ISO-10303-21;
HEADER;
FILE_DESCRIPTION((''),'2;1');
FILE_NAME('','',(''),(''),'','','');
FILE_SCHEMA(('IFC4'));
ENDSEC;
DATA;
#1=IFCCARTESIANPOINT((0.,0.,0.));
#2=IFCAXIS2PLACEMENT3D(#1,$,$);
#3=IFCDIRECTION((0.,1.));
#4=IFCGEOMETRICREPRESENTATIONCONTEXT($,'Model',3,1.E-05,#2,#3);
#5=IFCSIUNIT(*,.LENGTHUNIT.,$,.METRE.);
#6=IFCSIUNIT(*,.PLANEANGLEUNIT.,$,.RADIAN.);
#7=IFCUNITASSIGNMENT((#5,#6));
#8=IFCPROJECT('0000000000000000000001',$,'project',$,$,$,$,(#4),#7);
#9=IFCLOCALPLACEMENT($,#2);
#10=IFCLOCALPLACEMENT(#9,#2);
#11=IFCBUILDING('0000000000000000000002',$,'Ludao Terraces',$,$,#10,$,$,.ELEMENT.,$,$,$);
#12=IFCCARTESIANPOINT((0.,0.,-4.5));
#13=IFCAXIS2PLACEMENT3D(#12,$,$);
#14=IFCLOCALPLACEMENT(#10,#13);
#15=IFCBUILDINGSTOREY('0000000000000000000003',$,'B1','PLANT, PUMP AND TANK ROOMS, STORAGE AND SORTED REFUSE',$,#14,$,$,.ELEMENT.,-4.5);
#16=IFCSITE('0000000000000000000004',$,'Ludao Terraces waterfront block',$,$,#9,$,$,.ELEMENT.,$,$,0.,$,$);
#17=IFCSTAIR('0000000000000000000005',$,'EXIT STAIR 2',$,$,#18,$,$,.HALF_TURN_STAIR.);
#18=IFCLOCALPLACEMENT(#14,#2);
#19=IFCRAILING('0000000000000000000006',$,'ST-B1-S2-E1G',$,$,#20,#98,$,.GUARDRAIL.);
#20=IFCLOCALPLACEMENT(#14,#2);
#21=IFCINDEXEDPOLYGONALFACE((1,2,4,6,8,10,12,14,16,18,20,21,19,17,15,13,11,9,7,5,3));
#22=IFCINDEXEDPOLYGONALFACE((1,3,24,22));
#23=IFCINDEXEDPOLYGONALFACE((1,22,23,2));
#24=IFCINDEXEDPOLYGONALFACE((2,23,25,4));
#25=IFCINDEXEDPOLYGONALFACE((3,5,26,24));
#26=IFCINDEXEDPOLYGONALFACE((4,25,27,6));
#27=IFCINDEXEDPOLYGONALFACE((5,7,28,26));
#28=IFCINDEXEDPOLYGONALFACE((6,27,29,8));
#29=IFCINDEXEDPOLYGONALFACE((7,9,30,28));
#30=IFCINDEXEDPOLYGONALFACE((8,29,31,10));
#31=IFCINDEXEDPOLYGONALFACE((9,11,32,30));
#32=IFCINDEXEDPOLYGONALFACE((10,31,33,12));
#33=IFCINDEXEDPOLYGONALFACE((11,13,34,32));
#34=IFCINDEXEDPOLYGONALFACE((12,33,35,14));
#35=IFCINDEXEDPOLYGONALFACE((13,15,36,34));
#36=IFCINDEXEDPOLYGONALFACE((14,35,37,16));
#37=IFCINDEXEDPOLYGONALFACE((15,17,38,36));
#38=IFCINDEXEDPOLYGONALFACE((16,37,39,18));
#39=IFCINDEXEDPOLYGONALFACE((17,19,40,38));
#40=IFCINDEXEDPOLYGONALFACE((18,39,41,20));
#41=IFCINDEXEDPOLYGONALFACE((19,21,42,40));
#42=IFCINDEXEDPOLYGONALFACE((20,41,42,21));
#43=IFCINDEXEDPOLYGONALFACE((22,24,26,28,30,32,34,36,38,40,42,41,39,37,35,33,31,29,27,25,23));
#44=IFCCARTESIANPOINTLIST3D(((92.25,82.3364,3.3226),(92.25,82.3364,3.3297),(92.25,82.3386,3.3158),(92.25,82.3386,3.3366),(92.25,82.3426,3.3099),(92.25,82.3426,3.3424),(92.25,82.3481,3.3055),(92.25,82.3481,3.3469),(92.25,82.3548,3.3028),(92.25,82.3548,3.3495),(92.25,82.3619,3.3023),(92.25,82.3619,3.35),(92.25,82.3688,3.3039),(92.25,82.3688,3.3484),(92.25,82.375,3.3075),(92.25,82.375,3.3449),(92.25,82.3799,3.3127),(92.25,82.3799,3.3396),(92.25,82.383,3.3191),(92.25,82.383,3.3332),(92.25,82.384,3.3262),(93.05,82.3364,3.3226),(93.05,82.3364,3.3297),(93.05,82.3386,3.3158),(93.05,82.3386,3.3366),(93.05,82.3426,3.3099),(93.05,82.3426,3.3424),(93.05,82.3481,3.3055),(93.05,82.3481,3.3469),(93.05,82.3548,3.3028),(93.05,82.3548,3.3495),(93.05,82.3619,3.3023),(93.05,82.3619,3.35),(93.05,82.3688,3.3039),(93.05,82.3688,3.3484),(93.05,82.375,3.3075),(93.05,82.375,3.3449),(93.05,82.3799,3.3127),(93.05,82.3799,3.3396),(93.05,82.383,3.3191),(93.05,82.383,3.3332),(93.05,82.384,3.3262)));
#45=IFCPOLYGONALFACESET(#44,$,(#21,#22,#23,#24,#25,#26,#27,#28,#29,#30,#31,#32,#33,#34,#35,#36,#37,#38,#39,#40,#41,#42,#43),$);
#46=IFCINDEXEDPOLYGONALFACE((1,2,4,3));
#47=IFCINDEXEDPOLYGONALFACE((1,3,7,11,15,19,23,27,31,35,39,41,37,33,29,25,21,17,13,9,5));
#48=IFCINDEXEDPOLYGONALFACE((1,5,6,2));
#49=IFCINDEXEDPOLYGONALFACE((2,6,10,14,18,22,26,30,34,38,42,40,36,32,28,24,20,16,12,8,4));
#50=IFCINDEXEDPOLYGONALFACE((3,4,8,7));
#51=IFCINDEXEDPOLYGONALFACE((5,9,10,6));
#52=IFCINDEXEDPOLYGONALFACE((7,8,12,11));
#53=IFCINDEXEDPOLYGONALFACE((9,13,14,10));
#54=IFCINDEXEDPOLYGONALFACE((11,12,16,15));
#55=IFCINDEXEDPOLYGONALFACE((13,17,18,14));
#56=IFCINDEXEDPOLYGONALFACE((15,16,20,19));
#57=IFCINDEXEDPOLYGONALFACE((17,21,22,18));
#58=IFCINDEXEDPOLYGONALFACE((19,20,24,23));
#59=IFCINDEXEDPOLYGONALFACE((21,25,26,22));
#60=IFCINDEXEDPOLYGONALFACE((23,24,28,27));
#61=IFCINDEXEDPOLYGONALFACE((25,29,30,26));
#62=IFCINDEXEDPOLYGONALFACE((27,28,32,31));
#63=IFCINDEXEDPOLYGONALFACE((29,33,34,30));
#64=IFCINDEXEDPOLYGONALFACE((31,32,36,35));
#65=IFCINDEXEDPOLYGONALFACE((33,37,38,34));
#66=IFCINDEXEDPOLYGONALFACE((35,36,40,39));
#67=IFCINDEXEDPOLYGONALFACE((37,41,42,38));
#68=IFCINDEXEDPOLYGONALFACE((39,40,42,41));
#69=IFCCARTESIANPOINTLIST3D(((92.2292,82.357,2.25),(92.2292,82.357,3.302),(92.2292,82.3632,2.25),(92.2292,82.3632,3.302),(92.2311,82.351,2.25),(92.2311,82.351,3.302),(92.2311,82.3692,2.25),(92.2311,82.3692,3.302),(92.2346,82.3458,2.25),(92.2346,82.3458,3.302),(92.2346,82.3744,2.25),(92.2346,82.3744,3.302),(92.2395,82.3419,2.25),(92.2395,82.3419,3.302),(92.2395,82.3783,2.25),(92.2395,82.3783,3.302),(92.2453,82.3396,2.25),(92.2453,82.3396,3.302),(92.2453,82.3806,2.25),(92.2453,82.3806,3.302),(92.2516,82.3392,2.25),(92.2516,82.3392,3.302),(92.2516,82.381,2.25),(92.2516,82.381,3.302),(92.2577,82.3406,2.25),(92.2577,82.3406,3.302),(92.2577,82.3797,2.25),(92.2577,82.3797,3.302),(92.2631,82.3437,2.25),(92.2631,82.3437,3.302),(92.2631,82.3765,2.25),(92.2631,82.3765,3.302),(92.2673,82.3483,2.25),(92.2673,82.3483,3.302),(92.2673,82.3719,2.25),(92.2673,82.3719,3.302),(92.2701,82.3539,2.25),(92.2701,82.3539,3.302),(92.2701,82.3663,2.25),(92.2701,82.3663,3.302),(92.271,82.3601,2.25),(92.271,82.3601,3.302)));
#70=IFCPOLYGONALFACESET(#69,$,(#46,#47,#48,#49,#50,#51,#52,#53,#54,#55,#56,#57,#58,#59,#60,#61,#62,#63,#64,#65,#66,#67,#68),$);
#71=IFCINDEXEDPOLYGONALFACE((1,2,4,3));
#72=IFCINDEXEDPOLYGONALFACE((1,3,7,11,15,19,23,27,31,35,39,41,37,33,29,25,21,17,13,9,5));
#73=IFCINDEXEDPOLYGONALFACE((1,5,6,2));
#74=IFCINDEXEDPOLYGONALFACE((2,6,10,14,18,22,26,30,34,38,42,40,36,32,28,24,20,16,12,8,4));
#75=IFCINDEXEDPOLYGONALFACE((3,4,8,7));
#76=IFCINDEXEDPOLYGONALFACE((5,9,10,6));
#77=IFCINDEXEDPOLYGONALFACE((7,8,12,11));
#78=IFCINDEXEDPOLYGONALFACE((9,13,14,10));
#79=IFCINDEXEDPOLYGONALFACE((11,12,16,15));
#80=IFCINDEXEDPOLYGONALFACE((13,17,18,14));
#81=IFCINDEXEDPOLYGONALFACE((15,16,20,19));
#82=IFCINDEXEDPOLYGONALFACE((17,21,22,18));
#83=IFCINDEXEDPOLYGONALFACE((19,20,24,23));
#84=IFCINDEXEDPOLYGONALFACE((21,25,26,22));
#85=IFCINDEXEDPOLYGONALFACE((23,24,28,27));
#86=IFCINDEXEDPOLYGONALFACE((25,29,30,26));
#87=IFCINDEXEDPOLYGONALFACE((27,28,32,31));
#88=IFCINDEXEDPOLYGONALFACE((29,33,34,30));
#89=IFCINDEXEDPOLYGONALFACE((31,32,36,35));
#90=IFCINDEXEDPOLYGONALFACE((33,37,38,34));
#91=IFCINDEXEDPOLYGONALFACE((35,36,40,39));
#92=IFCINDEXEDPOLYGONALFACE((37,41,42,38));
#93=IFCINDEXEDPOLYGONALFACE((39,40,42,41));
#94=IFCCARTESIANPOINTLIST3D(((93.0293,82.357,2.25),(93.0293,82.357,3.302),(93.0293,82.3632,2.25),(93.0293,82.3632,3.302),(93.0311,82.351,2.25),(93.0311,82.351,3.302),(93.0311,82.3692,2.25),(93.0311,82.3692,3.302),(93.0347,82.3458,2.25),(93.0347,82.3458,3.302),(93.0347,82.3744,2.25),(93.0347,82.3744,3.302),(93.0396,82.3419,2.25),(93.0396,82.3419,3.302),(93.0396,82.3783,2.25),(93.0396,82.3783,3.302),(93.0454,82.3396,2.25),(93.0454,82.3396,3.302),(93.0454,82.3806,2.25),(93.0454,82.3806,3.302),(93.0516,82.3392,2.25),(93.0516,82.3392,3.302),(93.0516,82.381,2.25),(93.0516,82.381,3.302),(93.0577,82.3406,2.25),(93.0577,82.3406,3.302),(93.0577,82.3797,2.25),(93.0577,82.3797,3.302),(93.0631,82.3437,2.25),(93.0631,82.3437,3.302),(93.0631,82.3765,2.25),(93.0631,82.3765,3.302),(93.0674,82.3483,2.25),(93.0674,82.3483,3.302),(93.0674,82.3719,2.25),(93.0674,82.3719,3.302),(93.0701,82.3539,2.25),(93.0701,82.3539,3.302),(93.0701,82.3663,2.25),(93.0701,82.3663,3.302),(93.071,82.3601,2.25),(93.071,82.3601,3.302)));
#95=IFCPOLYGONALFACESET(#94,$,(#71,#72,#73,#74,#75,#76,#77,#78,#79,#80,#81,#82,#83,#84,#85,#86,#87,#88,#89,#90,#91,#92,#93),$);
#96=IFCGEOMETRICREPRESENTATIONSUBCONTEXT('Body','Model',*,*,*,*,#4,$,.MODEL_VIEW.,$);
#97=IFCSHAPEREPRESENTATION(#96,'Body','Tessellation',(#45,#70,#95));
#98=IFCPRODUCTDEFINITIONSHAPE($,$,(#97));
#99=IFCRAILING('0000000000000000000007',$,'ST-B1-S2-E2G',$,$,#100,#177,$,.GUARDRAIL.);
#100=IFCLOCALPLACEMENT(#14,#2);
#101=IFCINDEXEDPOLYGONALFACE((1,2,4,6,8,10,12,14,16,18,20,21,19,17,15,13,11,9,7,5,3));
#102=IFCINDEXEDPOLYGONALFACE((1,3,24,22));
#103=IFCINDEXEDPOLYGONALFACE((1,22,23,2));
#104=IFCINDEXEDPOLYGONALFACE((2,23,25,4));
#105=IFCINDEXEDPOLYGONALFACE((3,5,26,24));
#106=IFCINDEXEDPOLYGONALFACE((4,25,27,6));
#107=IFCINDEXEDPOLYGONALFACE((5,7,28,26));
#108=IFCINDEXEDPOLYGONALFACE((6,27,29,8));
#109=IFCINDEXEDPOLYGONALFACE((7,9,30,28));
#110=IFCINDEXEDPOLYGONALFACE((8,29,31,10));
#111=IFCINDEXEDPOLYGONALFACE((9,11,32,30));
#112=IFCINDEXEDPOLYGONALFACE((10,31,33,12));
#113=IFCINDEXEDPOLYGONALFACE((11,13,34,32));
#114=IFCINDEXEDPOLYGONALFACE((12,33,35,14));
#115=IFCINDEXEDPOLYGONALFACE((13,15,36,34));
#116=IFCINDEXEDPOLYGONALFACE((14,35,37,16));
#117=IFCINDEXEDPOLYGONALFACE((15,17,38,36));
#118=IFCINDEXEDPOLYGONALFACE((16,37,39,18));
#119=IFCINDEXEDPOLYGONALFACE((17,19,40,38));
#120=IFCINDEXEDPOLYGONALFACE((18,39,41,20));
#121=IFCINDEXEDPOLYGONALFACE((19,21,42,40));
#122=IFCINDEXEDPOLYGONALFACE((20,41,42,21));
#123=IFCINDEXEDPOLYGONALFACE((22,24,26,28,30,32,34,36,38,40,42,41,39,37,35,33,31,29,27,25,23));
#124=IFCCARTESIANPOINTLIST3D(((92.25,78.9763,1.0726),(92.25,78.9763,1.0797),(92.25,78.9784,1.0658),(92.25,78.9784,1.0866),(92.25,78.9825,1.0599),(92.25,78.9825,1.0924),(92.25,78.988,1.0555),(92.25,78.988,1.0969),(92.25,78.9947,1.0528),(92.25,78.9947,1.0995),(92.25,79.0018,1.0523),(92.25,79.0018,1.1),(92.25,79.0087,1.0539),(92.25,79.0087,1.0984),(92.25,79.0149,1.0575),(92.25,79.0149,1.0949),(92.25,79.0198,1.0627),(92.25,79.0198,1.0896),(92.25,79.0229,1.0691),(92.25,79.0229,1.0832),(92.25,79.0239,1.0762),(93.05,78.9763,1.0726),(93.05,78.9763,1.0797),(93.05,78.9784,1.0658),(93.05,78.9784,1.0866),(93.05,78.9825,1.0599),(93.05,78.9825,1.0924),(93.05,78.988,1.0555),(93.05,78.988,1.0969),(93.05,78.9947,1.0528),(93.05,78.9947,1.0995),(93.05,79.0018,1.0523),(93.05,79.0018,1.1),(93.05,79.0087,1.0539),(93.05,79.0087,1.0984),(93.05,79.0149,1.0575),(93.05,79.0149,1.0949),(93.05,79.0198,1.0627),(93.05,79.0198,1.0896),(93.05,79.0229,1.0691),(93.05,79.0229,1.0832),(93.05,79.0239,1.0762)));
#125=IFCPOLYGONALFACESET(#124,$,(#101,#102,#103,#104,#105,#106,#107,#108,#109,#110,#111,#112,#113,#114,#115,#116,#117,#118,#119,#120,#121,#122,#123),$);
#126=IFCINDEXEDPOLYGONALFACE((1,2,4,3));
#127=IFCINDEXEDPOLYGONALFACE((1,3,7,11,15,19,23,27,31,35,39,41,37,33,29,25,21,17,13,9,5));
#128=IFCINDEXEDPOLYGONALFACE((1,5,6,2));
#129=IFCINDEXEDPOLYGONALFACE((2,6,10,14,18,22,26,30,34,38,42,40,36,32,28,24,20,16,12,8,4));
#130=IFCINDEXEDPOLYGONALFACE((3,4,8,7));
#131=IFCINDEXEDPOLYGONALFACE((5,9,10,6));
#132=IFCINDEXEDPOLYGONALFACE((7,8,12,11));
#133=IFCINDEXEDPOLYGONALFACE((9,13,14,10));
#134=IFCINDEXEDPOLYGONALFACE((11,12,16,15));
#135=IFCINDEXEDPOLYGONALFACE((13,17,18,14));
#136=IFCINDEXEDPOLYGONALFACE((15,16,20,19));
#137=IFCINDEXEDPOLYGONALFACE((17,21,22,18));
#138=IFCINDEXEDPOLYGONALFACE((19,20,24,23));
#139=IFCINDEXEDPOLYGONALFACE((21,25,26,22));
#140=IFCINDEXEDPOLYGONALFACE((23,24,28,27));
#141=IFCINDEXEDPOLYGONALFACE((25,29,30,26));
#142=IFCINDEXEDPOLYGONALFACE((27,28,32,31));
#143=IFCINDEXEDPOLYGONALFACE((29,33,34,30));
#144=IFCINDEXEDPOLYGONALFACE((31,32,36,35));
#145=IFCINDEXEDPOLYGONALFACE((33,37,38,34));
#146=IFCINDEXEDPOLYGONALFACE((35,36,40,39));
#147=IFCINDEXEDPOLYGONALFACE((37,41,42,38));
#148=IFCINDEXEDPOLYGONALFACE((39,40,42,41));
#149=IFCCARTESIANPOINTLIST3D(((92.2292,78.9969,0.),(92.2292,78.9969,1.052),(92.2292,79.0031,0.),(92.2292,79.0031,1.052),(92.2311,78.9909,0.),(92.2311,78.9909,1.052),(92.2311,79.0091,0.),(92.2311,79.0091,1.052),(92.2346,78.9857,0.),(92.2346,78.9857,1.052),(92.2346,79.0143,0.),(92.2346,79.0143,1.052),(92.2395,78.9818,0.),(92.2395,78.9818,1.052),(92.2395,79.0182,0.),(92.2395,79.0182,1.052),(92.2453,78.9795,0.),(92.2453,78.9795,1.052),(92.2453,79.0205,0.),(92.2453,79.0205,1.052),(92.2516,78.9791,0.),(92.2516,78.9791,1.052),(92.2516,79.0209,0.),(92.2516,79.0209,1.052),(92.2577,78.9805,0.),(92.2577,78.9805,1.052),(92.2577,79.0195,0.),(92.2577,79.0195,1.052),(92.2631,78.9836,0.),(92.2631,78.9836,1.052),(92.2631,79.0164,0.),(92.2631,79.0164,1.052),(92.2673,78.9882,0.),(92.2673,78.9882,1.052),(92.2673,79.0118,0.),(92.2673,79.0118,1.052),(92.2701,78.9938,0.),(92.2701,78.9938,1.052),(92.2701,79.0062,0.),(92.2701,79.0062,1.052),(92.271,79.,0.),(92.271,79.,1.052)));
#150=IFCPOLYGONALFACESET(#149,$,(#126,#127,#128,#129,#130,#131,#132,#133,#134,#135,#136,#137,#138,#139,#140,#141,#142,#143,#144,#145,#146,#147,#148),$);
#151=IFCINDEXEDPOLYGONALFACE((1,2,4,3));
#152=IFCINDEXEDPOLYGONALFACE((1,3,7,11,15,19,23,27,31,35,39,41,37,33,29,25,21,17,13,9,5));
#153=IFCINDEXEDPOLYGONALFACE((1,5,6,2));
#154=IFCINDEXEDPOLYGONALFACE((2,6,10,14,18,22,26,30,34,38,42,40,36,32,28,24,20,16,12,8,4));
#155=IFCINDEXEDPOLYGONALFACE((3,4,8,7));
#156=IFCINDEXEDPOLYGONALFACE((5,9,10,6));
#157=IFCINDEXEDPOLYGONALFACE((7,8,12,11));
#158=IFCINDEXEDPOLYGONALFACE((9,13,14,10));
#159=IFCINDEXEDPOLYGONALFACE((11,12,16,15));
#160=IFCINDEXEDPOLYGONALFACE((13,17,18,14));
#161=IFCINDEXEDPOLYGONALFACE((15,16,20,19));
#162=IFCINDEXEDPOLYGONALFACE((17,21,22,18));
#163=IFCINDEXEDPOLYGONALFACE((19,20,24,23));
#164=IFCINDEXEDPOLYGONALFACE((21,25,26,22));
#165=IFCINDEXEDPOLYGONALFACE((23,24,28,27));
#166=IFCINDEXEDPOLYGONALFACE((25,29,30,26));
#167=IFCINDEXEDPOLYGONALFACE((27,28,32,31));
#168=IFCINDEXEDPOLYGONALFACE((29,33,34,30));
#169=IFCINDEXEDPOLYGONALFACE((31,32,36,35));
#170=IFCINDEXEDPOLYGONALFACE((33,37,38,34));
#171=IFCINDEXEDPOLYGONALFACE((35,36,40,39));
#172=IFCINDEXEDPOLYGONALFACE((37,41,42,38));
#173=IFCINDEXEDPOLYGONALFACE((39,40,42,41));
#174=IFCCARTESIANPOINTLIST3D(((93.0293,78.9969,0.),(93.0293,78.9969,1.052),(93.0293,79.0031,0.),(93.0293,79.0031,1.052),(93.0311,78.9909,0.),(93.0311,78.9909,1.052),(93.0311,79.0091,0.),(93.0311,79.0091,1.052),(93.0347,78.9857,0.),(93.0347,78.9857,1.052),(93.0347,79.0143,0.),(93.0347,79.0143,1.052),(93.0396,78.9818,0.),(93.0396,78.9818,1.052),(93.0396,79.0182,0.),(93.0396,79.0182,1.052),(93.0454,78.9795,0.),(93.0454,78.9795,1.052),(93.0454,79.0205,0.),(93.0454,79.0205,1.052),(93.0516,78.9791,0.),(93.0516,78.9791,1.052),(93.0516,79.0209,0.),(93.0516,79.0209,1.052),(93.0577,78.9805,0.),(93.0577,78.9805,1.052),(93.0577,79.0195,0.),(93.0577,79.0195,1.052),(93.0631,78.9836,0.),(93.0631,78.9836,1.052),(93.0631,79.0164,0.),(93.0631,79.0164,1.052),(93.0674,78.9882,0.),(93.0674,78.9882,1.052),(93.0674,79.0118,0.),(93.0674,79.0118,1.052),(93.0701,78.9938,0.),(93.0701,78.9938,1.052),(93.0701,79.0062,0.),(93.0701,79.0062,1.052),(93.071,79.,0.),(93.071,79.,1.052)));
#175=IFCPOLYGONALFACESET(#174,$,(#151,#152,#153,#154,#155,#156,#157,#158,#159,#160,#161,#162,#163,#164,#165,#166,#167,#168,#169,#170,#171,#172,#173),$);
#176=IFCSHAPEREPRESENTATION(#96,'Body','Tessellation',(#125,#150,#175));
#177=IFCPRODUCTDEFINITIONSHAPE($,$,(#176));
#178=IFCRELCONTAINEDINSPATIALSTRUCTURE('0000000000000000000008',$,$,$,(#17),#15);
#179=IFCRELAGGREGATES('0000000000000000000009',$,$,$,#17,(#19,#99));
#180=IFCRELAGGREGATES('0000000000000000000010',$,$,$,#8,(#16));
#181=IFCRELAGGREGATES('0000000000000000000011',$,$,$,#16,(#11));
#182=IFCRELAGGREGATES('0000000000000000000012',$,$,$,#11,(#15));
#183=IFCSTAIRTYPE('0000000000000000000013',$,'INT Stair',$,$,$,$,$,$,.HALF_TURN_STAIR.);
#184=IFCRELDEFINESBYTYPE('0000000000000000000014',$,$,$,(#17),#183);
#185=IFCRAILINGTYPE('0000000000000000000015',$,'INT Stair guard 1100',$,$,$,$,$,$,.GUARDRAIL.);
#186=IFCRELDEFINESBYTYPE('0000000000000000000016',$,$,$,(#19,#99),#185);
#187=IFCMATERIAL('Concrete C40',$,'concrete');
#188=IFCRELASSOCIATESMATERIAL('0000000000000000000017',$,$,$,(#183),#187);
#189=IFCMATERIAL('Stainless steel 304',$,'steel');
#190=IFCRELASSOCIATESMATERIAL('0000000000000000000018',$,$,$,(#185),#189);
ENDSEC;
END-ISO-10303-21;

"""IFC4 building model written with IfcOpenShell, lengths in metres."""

from ifc_helpers import new_model, si_unit, direction, frame, origin, origin_2d, place, context, subcontext, project, spatial, circle, extrude, material, type_object, element, aggregate, save


model = new_model("IFC4")

# Units and contexts
model_context = context("Model", 3, precision=1e-05, world=origin(), true_north=direction((0.0, 1.0)))
body_context = subcontext(model_context, "Body", "Model", "MODEL_VIEW")
ifc_project = project(units=[si_unit("LENGTHUNIT", "METRE"), si_unit("PLANEANGLEUNIT", "RADIAN")], contexts=[model_context])

# Site, building, storey
site_placement = place(None, origin())
site = spatial("IfcSite", under=ifc_project, at=site_placement, Name="Ludao Terraces waterfront block", CompositionType="ELEMENT", RefElevation=0.0)
building_placement = place(site_placement, origin())
building = spatial("IfcBuilding", under=site, at=building_placement, Name="Ludao Terraces", CompositionType="ELEMENT")
storey_placement = place(building_placement, frame((0.0, 0.0, -4.5)))
storey = spatial("IfcBuildingStorey", under=building, at=storey_placement, Name="B1", Description="PLANT, PUMP AND TANK ROOMS, STORAGE AND SORTED REFUSE", CompositionType="ELEMENT", Elevation=-4.5)

# Stair, railings
ifc_material_1 = material(Name="Concrete C40", Category="concrete")
stair_type = type_object("IfcStairType", Name="INT Stair", PredefinedType="HALF_TURN_STAIR", material=ifc_material_1)
stair_placement = place(storey_placement, origin())
stair = element("IfcStair", 1, at=stair_placement, inside=storey, type_object=stair_type, Name="EXIT STAIR 2", PredefinedType="HALF_TURN_STAIR")
ifc_material_2 = material(Name="Stainless steel 304", Category="steel")
railing_type_1 = type_object("IfcRailingType", Name="INT Stair guard 1100", PredefinedType="GUARDRAIL", material=ifc_material_2)
railing_1_placement = place(storey_placement, frame((92.25, 82.3601, 2.25)))
railing_1 = element("IfcRailing", 2, at=railing_1_placement, type_object=railing_type_1, Name="ST-B1-S2-E1G", PredefinedType="GUARDRAIL", context=body_context, shape_type="SweptSolid", body=[
    extrude(circle(Radius=0.0239, at=origin_2d()), frame((0.0, 0.0, 1.0762), z_axis=(1.0, 0.0, 0.0), x_axis=(0.0, 1.0, 0.0)), (0.0, 0.0, 1.0), 0.8),
    extrude(circle(Radius=0.021, at=origin_2d()), origin(), (0.0, 0.0, 1.0), 1.052),
    extrude(circle(Radius=0.021, at=origin_2d()), frame((0.8, 0.0, 0.0)), (0.0, 0.0, 1.0), 1.052),
])
railing_2_placement = place(storey_placement, frame((92.25, 79.0, 0.0)))
railing_2 = element("IfcRailing", 3, at=railing_2_placement, type_object=railing_type_1, Name="ST-B1-S2-E2G", PredefinedType="GUARDRAIL", context=body_context, shape_type="SweptSolid", body=[
    extrude(circle(Radius=0.0239, at=origin_2d()), frame((0.0, 0.0, 1.0762), z_axis=(1.0, 0.0, 0.0), x_axis=(0.0, 1.0, 0.0)), (0.0, 0.0, 1.0), 0.8),
    extrude(circle(Radius=0.021, at=origin_2d()), origin(), (0.0, 0.0, 1.0), 1.052),
    extrude(circle(Radius=0.021, at=origin_2d()), frame((0.8, 0.0, 0.0)), (0.0, 0.0, 1.0), 1.052),
])
aggregate(stair, [railing_1, railing_2])

save(model, "model.ifc")
